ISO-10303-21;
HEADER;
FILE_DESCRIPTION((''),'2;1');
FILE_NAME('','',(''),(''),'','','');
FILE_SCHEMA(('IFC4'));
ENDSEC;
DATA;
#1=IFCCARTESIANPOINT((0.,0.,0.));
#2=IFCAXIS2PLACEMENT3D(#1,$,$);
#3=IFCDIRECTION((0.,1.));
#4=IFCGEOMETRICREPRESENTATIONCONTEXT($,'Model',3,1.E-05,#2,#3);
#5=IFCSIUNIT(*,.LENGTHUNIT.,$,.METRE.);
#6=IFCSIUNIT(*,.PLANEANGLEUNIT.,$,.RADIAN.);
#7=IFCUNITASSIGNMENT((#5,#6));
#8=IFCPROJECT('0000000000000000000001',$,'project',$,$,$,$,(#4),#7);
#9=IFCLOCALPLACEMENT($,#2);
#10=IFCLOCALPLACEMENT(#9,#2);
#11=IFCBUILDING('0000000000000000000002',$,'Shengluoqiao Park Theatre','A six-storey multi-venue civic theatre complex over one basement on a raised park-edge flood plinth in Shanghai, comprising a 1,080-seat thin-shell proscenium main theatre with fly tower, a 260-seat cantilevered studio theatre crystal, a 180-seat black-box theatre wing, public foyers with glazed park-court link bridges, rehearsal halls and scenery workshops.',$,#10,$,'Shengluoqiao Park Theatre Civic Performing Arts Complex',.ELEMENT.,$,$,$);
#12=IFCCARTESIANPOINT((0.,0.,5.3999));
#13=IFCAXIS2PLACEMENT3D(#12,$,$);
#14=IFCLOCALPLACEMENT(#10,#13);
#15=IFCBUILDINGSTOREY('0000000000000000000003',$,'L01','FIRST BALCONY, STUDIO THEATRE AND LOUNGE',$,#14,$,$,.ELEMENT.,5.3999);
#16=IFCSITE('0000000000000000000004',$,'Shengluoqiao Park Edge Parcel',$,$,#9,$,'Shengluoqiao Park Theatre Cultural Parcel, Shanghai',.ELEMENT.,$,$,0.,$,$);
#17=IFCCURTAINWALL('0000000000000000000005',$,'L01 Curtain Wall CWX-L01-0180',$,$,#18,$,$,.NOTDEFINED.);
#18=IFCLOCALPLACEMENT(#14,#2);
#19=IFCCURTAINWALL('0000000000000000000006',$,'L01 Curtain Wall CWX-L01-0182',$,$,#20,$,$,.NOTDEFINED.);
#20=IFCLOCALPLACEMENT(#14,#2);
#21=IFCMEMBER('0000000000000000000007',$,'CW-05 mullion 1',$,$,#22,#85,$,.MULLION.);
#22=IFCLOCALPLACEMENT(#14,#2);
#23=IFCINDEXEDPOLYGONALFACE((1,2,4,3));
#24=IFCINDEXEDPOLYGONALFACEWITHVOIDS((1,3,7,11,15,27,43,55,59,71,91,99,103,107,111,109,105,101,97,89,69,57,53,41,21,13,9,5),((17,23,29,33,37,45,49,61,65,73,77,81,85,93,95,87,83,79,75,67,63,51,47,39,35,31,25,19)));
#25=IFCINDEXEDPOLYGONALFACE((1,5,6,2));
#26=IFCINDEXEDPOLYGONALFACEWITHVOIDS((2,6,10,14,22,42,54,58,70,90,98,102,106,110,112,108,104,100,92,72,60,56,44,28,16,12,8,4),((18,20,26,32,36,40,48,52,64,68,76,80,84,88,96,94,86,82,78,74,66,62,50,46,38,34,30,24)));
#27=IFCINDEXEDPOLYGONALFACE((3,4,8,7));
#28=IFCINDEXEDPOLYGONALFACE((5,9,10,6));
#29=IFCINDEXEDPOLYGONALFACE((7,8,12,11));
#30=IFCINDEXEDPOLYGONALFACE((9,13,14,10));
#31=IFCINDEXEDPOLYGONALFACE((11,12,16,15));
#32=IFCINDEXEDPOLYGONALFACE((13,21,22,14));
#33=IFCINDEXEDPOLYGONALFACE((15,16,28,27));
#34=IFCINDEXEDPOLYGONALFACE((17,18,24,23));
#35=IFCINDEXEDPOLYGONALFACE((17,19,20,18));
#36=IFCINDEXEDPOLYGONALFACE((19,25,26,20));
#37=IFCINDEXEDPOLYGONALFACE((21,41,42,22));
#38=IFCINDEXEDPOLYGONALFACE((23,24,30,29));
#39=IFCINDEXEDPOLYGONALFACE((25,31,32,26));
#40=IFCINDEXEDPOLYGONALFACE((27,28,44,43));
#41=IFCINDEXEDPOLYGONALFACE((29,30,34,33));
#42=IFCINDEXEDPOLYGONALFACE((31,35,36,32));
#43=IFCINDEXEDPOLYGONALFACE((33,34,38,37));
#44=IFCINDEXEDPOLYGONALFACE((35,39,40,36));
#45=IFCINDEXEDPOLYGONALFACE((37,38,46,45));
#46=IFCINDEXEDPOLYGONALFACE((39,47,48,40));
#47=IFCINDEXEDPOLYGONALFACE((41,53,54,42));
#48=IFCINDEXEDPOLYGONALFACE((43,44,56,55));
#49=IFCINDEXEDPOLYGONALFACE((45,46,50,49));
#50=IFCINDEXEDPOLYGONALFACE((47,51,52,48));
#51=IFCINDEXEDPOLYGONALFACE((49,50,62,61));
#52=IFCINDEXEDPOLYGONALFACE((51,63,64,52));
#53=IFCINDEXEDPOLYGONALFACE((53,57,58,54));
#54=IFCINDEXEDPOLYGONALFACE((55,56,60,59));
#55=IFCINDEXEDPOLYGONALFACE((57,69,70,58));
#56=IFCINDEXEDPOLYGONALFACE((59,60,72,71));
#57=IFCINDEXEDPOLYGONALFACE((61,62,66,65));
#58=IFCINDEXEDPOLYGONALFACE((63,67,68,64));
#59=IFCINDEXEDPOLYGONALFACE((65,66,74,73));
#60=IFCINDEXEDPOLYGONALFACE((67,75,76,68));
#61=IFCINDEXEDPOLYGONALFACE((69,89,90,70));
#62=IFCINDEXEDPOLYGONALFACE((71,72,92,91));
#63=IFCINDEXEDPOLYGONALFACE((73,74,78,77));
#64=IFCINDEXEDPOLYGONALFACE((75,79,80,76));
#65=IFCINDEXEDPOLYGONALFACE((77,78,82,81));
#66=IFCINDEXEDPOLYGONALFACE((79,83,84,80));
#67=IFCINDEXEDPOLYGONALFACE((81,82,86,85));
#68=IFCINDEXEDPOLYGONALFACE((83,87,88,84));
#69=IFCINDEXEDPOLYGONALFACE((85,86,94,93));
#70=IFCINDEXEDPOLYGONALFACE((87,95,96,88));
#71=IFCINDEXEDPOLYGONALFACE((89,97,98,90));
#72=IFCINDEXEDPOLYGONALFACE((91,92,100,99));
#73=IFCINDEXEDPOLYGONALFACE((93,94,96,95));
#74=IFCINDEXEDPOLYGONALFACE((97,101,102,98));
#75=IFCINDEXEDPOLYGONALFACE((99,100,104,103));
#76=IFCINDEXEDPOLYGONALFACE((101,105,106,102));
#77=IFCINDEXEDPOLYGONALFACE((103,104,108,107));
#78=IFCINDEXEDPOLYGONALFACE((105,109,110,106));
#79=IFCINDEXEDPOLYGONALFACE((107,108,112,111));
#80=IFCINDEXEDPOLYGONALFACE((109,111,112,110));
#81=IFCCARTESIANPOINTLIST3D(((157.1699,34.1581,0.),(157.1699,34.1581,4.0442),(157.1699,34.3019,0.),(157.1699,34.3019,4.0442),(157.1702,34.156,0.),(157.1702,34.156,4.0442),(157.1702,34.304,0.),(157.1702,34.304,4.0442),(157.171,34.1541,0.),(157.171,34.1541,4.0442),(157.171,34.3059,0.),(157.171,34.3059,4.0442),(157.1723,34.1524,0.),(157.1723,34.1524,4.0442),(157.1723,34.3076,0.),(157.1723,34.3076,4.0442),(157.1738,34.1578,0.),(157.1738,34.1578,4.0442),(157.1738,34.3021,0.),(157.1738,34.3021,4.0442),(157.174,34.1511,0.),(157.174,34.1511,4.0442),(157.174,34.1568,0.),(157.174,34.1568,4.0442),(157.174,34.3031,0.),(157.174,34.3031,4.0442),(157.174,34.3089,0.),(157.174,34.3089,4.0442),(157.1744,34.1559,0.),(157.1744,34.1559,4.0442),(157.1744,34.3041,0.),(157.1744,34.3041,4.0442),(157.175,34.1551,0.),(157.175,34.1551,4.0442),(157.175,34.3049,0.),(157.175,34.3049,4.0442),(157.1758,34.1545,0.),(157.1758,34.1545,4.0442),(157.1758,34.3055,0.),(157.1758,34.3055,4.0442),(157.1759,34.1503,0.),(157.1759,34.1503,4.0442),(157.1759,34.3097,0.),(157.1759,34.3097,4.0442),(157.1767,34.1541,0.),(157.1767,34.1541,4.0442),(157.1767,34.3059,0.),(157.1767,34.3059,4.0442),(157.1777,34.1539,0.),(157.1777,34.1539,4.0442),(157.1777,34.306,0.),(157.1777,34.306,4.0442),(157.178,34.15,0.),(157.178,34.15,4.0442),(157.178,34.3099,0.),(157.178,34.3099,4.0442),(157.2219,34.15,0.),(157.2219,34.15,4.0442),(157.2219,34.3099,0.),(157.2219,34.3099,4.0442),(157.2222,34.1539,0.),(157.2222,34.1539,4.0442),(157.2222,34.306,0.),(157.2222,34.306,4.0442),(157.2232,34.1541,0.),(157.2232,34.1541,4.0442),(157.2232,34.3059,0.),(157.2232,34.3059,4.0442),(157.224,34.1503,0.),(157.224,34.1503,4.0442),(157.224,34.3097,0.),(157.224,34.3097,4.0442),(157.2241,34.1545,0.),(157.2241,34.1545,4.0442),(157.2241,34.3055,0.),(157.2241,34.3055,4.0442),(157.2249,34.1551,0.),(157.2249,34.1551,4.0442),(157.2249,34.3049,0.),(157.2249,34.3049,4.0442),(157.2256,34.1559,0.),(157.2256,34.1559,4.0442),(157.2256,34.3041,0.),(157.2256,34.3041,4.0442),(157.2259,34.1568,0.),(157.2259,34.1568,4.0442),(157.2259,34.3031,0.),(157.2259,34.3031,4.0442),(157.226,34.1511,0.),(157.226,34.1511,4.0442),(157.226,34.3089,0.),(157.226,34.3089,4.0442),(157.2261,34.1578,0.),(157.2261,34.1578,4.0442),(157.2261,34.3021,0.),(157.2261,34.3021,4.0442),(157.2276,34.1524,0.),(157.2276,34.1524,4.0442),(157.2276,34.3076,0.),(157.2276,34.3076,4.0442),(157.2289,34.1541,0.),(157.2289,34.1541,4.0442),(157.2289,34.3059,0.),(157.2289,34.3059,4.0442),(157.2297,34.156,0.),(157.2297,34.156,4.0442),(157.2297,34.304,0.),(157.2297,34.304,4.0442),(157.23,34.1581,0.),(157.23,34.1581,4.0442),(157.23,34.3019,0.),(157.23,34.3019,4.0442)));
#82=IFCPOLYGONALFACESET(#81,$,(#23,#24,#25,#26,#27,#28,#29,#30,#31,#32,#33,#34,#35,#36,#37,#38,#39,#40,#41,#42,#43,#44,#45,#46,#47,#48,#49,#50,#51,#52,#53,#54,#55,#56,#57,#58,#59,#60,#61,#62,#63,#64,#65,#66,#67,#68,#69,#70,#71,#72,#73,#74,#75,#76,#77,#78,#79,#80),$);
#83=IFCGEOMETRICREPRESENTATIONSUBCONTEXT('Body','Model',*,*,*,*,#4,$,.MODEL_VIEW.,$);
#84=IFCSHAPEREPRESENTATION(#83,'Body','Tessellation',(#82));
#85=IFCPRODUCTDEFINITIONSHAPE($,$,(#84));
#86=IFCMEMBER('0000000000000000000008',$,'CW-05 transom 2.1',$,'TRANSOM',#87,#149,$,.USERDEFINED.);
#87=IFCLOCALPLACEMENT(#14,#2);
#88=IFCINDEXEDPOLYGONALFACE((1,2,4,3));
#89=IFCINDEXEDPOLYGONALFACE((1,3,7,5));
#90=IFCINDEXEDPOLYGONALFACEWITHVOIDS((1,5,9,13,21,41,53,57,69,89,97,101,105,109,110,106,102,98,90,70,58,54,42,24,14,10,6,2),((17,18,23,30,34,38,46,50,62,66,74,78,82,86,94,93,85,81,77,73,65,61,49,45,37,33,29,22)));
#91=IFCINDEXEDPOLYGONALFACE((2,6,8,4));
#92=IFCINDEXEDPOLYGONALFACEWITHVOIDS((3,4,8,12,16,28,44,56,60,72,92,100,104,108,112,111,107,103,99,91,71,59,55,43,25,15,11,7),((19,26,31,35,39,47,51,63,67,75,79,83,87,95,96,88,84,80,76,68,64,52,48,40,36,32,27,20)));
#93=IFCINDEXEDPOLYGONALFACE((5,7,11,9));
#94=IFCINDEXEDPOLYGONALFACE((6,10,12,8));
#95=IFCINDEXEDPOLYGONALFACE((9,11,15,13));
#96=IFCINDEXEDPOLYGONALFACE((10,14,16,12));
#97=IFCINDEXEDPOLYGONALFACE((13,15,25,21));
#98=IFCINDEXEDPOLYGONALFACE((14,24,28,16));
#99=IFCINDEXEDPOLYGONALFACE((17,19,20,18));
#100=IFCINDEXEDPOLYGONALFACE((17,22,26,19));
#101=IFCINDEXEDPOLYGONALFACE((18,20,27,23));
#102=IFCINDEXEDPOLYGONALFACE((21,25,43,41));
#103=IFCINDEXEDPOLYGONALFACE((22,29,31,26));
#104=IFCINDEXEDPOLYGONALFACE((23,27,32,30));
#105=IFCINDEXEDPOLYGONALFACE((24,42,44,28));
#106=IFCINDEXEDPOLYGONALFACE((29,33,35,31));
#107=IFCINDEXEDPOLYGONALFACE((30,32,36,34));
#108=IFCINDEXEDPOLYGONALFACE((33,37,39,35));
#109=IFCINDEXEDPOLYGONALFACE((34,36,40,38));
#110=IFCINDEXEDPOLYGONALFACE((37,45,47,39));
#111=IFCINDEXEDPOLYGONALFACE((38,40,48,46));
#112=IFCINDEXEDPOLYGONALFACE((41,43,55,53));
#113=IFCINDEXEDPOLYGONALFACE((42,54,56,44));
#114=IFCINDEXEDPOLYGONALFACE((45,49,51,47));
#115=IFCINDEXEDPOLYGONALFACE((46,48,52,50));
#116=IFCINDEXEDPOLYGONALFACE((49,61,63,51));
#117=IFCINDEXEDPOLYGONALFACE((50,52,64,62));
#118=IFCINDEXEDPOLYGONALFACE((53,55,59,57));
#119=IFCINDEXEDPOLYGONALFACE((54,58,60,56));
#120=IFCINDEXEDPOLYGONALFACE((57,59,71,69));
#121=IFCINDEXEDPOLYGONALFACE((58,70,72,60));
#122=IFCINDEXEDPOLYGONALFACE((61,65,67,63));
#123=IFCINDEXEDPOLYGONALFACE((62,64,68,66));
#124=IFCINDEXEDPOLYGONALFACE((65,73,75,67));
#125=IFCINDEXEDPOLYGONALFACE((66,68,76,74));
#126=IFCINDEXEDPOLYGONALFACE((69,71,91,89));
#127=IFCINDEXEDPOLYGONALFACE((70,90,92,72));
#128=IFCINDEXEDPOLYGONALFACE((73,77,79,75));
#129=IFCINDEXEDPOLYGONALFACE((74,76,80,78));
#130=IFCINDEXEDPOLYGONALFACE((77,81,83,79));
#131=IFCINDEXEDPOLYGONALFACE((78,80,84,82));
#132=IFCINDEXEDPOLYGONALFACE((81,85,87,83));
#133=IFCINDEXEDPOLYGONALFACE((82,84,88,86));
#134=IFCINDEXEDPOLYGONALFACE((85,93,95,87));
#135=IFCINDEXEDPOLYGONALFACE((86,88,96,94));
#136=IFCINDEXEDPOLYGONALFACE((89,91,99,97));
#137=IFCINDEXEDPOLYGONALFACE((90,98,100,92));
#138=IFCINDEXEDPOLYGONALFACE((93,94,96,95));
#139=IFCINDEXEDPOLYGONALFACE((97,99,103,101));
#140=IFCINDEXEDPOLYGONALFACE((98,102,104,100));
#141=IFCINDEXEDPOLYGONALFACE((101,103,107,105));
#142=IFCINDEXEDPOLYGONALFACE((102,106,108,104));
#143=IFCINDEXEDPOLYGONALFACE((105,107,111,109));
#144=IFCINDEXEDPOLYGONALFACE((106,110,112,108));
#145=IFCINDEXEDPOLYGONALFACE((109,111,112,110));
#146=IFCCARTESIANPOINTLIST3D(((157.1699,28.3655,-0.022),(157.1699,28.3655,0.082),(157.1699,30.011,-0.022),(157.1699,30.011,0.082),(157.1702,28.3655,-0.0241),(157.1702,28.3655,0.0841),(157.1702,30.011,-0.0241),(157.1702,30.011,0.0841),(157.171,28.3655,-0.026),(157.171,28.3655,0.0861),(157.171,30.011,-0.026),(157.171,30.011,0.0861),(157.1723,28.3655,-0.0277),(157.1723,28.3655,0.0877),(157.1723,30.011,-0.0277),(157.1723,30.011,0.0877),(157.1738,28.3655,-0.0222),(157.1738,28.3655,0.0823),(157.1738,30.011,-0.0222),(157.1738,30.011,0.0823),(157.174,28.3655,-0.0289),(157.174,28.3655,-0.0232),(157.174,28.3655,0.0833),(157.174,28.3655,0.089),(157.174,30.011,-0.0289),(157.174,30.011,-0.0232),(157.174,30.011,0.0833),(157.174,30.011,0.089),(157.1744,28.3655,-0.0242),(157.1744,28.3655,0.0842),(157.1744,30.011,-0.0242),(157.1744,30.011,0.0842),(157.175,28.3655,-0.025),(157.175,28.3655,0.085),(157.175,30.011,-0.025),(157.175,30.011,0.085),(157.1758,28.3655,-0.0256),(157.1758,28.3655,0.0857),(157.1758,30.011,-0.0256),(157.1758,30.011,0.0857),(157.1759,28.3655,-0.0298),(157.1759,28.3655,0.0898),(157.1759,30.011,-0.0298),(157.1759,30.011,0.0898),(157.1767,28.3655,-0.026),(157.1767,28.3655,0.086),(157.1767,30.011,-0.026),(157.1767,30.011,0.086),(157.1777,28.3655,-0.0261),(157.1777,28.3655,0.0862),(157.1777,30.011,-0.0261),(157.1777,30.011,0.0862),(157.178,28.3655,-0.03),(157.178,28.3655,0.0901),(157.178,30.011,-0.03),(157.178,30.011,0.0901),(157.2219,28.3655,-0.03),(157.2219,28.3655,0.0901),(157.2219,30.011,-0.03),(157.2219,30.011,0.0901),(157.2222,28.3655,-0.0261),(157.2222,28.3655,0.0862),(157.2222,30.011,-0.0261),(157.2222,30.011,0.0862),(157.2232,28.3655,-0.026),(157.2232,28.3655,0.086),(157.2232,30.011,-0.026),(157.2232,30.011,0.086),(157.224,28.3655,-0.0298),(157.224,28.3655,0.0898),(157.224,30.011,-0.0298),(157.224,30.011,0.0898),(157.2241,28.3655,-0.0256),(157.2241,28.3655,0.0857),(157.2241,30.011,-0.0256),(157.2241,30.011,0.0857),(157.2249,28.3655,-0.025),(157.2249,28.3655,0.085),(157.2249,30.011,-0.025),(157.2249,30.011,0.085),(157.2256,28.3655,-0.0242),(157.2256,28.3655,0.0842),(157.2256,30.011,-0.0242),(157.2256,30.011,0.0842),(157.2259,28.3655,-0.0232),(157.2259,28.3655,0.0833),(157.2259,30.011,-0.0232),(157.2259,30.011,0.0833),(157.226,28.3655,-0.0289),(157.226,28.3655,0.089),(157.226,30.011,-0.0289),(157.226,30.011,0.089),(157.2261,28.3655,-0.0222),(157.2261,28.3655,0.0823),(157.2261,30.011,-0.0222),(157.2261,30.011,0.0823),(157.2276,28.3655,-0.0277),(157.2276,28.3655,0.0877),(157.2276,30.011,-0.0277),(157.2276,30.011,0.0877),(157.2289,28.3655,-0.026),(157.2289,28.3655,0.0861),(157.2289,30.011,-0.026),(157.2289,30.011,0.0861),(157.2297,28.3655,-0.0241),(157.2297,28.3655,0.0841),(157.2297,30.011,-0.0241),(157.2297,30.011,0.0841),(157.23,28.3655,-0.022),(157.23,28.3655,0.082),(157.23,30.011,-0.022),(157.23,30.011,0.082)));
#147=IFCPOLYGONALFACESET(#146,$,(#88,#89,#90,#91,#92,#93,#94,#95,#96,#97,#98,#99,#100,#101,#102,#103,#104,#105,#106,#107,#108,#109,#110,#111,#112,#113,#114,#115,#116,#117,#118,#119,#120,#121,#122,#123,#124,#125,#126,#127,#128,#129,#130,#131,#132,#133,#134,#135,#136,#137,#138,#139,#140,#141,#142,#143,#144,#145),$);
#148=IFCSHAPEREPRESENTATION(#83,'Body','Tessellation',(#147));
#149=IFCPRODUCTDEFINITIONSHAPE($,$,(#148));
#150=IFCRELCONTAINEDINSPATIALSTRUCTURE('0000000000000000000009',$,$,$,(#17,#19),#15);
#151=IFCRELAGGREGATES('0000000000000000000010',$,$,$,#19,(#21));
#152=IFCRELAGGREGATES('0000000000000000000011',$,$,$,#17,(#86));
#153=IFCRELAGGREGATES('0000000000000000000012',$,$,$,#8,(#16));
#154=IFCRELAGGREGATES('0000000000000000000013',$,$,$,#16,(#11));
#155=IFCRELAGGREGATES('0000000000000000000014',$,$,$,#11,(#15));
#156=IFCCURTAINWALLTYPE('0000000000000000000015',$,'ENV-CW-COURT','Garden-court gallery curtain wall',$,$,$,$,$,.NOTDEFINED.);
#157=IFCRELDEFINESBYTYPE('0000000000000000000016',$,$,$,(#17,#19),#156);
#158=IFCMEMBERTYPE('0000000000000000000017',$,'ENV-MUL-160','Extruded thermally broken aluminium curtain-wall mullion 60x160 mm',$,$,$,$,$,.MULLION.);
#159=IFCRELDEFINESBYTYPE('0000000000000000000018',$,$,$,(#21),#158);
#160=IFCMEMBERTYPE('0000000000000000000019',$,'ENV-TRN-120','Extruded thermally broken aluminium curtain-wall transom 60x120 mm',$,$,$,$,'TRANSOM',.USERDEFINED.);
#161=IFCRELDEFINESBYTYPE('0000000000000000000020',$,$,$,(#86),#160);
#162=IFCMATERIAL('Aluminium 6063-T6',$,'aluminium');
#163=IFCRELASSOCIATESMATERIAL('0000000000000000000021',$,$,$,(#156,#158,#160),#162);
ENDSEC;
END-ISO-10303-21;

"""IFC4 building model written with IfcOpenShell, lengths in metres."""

from ifc_helpers import new_model, si_unit, direction, frame, origin, origin_2d, place, context, subcontext, project, spatial, hollow_rectangle, extrude, material, material_profile, profile_set, type_object, element, aggregate, save


model = new_model("IFC4")

# Units and contexts
model_context = context("Model", 3, precision=1e-05, world=origin(), true_north=direction((0.0, 1.0)))
body_context = subcontext(model_context, "Body", "Model", "MODEL_VIEW")
ifc_project = project(units=[si_unit("LENGTHUNIT", "METRE"), si_unit("PLANEANGLEUNIT", "RADIAN")], contexts=[model_context])

# Site, building, storey
site_placement = place(None, origin())
site = spatial("IfcSite", under=ifc_project, at=site_placement, Name="Shengluoqiao Park Edge Parcel", LongName="Shengluoqiao Park Theatre Cultural Parcel, Shanghai", CompositionType="ELEMENT", RefElevation=0.0)
building_placement = place(site_placement, origin())
building = spatial("IfcBuilding", under=site, at=building_placement, Name="Shengluoqiao Park Theatre", Description="A six-storey multi-venue civic theatre complex over one basement on a raised park-edge flood plinth in Shanghai, comprising a 1,080-seat thin-shell proscenium main theatre with fly tower, a 260-seat cantilevered studio theatre crystal, a 180-seat black-box theatre wing, public foyers with glazed park-court link bridges, rehearsal halls and scenery workshops.", LongName="Shengluoqiao Park Theatre Civic Performing Arts Complex", CompositionType="ELEMENT")
storey_placement = place(building_placement, frame((0.0, 0.0, 5.3999)))
storey = spatial("IfcBuildingStorey", under=building, at=storey_placement, Name="L01", Description="FIRST BALCONY, STUDIO THEATRE AND LOUNGE", CompositionType="ELEMENT", Elevation=5.3999)

# Curtain wall
ifc_material_1 = material(Name="Aluminium 6063-T6", Category="aluminium")
curtain_wall_type = type_object("IfcCurtainWallType", Name="ENV-CW-COURT", Description="Garden-court gallery curtain wall", PredefinedType="NOTDEFINED", material=ifc_material_1)
curtain_wall_1_placement = place(storey_placement, origin())
curtain_wall_1 = element("IfcCurtainWall", 1, at=curtain_wall_1_placement, inside=storey, type_object=curtain_wall_type, Name="L01 Curtain Wall CWX-L01-0180", PredefinedType="NOTDEFINED")
ifc_material_profile_1 = material_profile(ifc_material_1, hollow_rectangle(XDim=0.0601, YDim=0.1599, WallThickness=0.0039, InnerFilletRadius=0.0039, OuterFilletRadius=0.0081, at=origin_2d()), Name="ALU MULLION 160x60x4")
ifc_profile_set_1 = profile_set([ifc_material_profile_1], Name="Aluminium 6063-T6")
member_type_1 = type_object("IfcMemberType", Name="ENV-MUL-160", Description="Extruded thermally broken aluminium curtain-wall mullion 60x160 mm", PredefinedType="MULLION", material=ifc_profile_set_1)

# Curtain wall, member
curtain_wall_2_placement = place(storey_placement, origin())
curtain_wall_2 = element("IfcCurtainWall", 2, at=curtain_wall_2_placement, inside=storey, type_object=curtain_wall_type, Name="L01 Curtain Wall CWX-L01-0182", PredefinedType="NOTDEFINED")
member_1_placement = place(storey_placement, frame((157.2, 34.23, 0.0), z_axis=(0.0, 0.0, 1.0), x_axis=(-1.0, 0.0, 0.0)))
member_1 = element("IfcMember", 3, at=member_1_placement, type_object=member_type_1, Name="CW-05 mullion 1", PredefinedType="MULLION", context=body_context, shape_type="SweptSolid", body=[
    extrude(hollow_rectangle(XDim=0.0601, YDim=0.1599, WallThickness=0.0039, InnerFilletRadius=0.0039, OuterFilletRadius=0.0081, at=origin_2d()), origin(), (0.0, 0.0, 1.0), 4.0442),
])

# Member
ifc_material_profile_2 = material_profile(ifc_material_1, hollow_rectangle(XDim=0.0601, YDim=0.1201, WallThickness=0.0039, InnerFilletRadius=0.0039, OuterFilletRadius=0.0081, at=origin_2d()), Name="ALU TRANSOM 120x60x4")
ifc_profile_set_2 = profile_set([ifc_material_profile_2], Name="Aluminium 6063-T6")
member_type_2 = type_object("IfcMemberType", Name="ENV-TRN-120", Description="Extruded thermally broken aluminium curtain-wall transom 60x120 mm", ElementType="TRANSOM", PredefinedType="USERDEFINED", material=ifc_profile_set_2)
member_2_placement = place(storey_placement, frame((157.2, 28.3655, 0.03), z_axis=(0.0, 1.0, 0.0), x_axis=(-1.0, 0.0, 0.0)))
member_2 = element("IfcMember", 4, at=member_2_placement, type_object=member_type_2, Name="CW-05 transom 2.1", ObjectType="TRANSOM", PredefinedType="USERDEFINED", context=body_context, shape_type="SweptSolid", body=[
    extrude(hollow_rectangle(XDim=0.0601, YDim=0.1201, WallThickness=0.0039, InnerFilletRadius=0.0039, OuterFilletRadius=0.0081, at=origin_2d()), origin(), (0.0, 0.0, 1.0), 1.6455),
])
aggregate(curtain_wall_2, [member_1])

aggregate(curtain_wall_1, [member_2])

save(model, "model.ifc")
